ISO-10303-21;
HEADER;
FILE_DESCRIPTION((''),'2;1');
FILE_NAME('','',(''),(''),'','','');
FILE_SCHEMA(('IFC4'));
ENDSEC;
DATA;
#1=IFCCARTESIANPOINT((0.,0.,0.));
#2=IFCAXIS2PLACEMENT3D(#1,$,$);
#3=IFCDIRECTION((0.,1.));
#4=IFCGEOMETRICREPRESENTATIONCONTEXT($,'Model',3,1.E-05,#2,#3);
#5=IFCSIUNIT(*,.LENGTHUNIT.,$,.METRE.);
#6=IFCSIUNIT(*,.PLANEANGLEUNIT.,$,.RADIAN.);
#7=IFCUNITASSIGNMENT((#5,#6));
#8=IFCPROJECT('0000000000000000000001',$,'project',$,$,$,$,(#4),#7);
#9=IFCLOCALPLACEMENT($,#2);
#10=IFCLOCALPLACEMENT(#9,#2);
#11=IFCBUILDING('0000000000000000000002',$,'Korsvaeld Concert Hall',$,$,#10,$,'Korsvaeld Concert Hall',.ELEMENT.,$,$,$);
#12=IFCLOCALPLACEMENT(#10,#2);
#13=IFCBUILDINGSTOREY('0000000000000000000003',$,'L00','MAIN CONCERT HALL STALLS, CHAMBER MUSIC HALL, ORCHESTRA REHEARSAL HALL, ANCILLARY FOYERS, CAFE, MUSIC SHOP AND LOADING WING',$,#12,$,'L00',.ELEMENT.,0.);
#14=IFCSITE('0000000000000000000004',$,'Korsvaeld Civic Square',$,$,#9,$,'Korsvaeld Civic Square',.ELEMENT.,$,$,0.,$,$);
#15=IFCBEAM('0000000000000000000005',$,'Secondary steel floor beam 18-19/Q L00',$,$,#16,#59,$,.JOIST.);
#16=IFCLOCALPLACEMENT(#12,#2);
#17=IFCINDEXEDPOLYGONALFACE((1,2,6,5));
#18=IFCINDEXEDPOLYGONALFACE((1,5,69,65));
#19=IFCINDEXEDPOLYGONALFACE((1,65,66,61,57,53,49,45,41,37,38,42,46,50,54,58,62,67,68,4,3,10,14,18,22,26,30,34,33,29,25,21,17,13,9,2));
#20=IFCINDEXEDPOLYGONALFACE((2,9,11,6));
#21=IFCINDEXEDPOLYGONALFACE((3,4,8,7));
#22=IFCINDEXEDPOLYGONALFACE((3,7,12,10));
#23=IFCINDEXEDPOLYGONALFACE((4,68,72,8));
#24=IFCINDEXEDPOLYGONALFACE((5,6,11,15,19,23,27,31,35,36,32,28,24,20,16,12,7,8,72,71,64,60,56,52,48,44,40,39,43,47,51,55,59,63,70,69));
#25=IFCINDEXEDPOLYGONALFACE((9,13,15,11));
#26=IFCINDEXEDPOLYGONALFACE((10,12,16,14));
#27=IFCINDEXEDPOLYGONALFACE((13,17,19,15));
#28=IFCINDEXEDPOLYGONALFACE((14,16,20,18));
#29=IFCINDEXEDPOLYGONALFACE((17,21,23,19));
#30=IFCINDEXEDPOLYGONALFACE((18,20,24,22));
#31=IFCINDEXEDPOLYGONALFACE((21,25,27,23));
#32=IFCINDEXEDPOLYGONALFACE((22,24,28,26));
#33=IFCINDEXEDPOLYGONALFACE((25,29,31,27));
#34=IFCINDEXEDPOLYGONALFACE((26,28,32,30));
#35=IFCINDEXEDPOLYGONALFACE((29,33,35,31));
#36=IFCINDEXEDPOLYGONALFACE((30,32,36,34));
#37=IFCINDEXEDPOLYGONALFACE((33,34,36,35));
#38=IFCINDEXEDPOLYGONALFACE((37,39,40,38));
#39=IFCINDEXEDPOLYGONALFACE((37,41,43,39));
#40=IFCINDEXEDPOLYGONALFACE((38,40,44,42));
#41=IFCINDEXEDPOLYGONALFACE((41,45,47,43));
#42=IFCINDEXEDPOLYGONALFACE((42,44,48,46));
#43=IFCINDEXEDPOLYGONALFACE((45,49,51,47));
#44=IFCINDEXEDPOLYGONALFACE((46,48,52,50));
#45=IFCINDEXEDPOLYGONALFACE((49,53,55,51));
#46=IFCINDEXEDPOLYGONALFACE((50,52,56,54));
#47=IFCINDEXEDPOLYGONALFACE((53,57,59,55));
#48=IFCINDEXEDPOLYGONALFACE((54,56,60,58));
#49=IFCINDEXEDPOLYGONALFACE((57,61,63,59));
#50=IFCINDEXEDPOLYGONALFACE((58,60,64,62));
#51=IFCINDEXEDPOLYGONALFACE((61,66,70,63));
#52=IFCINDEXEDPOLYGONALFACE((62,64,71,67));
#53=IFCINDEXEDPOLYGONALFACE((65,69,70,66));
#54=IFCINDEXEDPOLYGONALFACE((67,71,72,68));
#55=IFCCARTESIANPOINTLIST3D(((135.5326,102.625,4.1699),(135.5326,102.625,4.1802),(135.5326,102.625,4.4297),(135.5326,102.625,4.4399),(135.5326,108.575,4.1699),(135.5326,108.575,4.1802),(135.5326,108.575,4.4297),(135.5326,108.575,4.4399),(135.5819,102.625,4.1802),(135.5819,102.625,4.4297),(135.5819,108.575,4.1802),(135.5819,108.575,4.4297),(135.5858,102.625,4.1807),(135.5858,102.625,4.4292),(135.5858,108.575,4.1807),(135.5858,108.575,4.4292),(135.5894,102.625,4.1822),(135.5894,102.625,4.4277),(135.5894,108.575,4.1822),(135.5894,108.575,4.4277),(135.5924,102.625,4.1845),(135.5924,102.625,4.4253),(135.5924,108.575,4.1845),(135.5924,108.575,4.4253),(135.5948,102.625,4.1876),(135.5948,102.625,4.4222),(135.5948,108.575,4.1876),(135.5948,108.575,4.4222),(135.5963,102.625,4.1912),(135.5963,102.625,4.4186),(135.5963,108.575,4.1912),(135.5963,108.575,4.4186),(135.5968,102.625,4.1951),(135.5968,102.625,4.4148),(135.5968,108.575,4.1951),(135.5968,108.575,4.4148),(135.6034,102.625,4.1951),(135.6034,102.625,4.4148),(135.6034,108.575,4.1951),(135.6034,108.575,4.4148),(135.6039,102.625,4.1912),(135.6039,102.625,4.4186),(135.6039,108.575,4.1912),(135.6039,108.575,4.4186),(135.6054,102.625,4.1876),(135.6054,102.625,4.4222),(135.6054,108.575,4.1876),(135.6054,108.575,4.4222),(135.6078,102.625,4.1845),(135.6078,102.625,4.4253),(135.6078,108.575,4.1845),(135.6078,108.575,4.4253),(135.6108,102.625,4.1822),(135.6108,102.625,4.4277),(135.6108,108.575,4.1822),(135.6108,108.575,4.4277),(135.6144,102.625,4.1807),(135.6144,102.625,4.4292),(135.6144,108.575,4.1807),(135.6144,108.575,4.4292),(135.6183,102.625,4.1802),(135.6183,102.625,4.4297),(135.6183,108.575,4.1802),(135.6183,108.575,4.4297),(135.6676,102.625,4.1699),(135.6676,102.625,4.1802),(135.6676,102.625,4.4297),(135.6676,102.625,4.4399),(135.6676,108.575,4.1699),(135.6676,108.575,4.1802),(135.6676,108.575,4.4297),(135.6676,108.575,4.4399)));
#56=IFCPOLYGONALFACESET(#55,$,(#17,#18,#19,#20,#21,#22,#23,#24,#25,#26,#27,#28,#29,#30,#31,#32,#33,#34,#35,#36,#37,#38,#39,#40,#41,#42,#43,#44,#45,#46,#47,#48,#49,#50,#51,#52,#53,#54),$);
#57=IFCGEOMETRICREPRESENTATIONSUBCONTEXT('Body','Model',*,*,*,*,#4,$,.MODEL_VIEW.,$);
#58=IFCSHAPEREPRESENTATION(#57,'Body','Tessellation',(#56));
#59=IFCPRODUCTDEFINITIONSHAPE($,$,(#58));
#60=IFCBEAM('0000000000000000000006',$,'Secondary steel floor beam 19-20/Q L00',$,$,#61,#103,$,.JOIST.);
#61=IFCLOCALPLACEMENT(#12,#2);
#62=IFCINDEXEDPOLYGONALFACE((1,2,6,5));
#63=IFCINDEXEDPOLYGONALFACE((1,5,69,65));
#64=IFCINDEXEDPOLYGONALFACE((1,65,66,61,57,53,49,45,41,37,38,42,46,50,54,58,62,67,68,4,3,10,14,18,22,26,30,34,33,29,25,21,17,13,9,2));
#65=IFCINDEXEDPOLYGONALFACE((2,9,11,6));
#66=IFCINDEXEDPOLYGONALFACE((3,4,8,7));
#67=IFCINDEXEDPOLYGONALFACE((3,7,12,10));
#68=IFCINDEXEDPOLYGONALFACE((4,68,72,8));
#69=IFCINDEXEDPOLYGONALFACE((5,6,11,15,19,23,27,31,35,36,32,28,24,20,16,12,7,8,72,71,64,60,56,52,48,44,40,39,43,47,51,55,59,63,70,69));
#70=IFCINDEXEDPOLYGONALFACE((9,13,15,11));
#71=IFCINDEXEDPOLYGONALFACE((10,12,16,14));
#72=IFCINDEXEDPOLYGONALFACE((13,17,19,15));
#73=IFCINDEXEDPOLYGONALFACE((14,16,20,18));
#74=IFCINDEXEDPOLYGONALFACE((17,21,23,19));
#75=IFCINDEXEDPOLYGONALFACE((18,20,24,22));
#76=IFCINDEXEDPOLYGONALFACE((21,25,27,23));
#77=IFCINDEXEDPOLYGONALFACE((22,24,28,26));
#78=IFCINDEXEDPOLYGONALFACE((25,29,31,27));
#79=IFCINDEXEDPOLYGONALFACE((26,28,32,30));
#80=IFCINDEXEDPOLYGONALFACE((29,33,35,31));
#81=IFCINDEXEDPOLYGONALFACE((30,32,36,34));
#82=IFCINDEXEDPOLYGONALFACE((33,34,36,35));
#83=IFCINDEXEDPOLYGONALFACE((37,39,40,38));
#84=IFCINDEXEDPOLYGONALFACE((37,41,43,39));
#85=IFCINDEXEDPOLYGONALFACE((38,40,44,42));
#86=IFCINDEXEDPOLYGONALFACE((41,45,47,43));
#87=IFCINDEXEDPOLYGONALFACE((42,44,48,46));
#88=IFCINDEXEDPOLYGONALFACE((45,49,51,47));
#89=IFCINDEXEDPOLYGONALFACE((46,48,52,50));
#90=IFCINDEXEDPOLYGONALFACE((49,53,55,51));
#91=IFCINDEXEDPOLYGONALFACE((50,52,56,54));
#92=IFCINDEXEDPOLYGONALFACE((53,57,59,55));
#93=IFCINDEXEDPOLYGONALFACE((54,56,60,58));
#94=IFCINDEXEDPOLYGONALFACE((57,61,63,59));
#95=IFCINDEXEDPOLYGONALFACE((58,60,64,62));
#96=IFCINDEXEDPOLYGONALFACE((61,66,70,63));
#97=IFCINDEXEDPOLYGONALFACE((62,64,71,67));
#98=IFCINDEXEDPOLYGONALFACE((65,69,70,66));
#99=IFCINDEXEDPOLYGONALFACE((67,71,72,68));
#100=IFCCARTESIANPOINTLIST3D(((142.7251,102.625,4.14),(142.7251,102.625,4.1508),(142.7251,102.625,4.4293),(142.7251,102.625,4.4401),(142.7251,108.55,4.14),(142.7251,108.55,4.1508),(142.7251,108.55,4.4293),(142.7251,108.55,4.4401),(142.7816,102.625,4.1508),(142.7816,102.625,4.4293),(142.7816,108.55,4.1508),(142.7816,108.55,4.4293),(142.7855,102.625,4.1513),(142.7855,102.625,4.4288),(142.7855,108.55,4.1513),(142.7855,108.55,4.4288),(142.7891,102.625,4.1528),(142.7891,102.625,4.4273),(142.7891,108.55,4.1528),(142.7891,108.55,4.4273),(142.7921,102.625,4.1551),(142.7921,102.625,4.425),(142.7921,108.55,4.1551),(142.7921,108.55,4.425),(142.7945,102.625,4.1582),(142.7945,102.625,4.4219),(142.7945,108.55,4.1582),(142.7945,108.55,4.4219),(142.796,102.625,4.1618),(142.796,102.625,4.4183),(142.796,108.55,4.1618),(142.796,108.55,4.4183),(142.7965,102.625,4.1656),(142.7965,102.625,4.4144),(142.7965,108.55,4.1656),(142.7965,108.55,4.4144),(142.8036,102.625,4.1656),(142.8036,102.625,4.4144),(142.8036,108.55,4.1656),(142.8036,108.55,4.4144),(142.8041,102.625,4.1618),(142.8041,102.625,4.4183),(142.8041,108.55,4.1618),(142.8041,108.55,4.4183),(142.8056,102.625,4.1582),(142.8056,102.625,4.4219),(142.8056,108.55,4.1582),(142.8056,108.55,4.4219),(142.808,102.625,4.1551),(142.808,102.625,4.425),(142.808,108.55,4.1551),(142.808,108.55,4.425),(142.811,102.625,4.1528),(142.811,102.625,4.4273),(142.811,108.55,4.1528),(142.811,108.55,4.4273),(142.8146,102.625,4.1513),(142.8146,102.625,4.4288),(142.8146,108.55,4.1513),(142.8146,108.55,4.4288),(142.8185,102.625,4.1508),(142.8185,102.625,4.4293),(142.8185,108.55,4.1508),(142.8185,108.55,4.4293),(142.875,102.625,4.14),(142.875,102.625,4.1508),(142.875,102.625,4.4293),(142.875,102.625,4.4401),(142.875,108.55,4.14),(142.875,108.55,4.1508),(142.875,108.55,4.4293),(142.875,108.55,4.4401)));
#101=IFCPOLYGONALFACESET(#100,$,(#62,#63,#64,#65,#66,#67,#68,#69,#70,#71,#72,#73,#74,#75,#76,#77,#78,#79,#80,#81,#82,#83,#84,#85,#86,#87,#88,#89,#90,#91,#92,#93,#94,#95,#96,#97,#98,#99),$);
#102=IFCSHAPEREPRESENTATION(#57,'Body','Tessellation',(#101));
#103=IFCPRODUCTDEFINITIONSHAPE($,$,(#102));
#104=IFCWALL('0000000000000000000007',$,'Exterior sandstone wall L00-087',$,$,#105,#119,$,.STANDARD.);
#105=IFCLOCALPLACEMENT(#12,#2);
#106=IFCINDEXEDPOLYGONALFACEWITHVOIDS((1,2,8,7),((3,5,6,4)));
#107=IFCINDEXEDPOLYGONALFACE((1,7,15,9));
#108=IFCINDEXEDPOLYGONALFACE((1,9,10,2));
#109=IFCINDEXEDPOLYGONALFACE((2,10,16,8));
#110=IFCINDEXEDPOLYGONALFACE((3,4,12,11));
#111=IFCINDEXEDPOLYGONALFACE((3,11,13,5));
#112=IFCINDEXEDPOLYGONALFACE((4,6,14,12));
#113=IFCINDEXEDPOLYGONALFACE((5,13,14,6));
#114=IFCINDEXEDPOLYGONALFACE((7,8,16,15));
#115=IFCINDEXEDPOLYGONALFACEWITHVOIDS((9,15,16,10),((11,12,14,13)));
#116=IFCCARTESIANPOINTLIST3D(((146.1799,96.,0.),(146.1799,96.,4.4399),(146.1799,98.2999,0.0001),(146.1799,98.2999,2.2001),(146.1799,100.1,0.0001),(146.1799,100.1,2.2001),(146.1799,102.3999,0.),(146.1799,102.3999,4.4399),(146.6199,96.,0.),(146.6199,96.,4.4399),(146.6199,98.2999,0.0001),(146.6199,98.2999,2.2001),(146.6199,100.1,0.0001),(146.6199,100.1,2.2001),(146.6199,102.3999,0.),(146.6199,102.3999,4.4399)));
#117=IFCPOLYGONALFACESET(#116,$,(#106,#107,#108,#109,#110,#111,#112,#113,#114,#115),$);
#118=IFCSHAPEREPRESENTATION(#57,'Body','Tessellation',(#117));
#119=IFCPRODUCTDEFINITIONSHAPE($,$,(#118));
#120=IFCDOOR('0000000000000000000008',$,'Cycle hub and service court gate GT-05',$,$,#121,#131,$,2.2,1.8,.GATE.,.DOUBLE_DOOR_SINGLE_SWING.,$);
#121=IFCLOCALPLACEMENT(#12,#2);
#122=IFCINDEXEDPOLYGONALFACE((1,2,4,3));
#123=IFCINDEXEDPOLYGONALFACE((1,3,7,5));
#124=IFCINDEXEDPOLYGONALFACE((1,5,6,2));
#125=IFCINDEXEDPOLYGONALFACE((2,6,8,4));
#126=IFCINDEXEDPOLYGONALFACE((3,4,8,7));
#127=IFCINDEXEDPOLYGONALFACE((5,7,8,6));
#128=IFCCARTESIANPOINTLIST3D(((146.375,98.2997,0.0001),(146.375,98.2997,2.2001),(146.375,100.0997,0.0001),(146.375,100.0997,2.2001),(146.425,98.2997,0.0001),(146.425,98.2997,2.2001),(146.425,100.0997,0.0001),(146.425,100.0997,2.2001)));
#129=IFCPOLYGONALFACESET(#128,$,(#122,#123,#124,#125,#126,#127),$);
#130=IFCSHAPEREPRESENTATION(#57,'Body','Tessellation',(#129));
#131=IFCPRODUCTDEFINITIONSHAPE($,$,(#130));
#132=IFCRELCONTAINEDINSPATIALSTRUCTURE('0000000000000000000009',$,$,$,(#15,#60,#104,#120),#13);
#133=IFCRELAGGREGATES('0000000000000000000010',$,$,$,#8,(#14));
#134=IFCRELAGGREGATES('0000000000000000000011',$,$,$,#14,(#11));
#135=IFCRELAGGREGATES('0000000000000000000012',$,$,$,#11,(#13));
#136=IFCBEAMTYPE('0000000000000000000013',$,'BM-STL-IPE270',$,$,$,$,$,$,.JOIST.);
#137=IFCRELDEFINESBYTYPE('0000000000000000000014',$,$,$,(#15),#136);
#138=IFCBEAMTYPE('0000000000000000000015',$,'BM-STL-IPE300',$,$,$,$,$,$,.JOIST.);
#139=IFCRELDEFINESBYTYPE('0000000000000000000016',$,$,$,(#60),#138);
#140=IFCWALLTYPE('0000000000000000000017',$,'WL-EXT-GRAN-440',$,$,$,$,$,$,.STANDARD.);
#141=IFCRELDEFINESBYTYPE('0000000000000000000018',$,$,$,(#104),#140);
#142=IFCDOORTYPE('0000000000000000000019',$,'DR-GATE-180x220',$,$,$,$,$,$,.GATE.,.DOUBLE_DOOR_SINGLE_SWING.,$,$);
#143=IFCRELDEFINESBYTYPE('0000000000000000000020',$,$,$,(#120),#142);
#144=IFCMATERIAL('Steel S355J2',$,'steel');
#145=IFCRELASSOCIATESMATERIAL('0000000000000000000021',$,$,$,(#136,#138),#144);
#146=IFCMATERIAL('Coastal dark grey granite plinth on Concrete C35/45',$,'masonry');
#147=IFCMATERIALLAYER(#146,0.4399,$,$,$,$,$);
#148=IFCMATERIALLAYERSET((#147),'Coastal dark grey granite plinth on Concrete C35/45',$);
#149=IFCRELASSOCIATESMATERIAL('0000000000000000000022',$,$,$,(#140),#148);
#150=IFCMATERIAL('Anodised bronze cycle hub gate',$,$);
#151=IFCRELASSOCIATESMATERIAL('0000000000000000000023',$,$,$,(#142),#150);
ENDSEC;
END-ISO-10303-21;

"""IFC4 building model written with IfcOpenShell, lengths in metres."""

from ifc_helpers import new_model, si_unit, direction, frame, frame_2d, origin, origin_2d, place, context, subcontext, project, spatial, rectangle, i_section, extrude, material, layer, layer_set, material_profile, profile_set, type_object, element, fill, save


model = new_model("IFC4")

# Units and contexts
model_context = context("Model", 3, precision=1e-05, world=origin(), true_north=direction((0.0, 1.0)))
body_context = subcontext(model_context, "Body", "Model", "MODEL_VIEW")
ifc_project = project(units=[si_unit("LENGTHUNIT", "METRE"), si_unit("PLANEANGLEUNIT", "RADIAN")], contexts=[model_context])

# Site, building, storey
site_placement = place(None, origin())
site = spatial("IfcSite", under=ifc_project, at=site_placement, Name="Korsvaeld Civic Square", LongName="Korsvaeld Civic Square", CompositionType="ELEMENT", RefElevation=0.0)
building_placement = place(site_placement, origin())
building = spatial("IfcBuilding", under=site, at=building_placement, Name="Korsvaeld Concert Hall", LongName="Korsvaeld Concert Hall", CompositionType="ELEMENT")
storey_placement = place(building_placement, origin())
storey = spatial("IfcBuildingStorey", under=building, at=storey_placement, Name="L00", Description="MAIN CONCERT HALL STALLS, CHAMBER MUSIC HALL, ORCHESTRA REHEARSAL HALL, ANCILLARY FOYERS, CAFE, MUSIC SHOP AND LOADING WING", LongName="L00", CompositionType="ELEMENT", Elevation=0.0)

# Beams
ifc_material_1 = material(Name="Steel S355J2", Category="steel")
ifc_material_profile_1 = material_profile(ifc_material_1, i_section(OverallWidth=0.135, OverallDepth=0.27, WebThickness=0.0066, FlangeThickness=0.0103, FilletRadius=0.0149, at=origin_2d()), Name="IPE 270")
ifc_profile_set_1 = profile_set([ifc_material_profile_1], Name="Steel S355J2")
beam_type_1 = type_object("IfcBeamType", Name="BM-STL-IPE270", PredefinedType="JOIST", material=ifc_profile_set_1)
beam_1_placement = place(storey_placement, frame((135.6001, 102.625, 4.3049), z_axis=(0.0, 1.0, 0.0), x_axis=(-1.0, 0.0, 0.0)))
element("IfcBeam", 1, at=beam_1_placement, inside=storey, type_object=beam_type_1, Name="Secondary steel floor beam 18-19/Q L00", PredefinedType="JOIST", context=body_context, shape_type="SweptSolid", body=[
    extrude(i_section(OverallWidth=0.135, OverallDepth=0.27, WebThickness=0.0066, FlangeThickness=0.0103, FilletRadius=0.0149, at=origin_2d()), origin(), (0.0, 0.0, 1.0), 5.95),
])
ifc_material_profile_2 = material_profile(ifc_material_1, i_section(OverallWidth=0.1499, OverallDepth=0.3, WebThickness=0.0071, FlangeThickness=0.0107, FilletRadius=0.0149, at=origin_2d()), Name="IPE 300")
ifc_profile_set_2 = profile_set([ifc_material_profile_2], Name="Steel S355J2")
beam_type_2 = type_object("IfcBeamType", Name="BM-STL-IPE300", PredefinedType="JOIST", material=ifc_profile_set_2)
beam_2_placement = place(storey_placement, frame((142.8, 102.625, 4.29), z_axis=(0.0, 1.0, 0.0), x_axis=(-1.0, 0.0, 0.0)))
element("IfcBeam", 2, at=beam_2_placement, inside=storey, type_object=beam_type_2, Name="Secondary steel floor beam 19-20/Q L00", PredefinedType="JOIST", context=body_context, shape_type="SweptSolid", body=[
    extrude(i_section(OverallWidth=0.1499, OverallDepth=0.3, WebThickness=0.0071, FlangeThickness=0.0107, FilletRadius=0.0149, at=origin_2d()), origin(), (0.0, 0.0, 1.0), 5.925),
])

# Wall, opening, door
ifc_material_2 = material(Name="Coastal dark grey granite plinth on Concrete C35/45", Category="masonry")
ifc_layer = layer(ifc_material_2, 0.4399)
ifc_layer_set = layer_set([ifc_layer], Name="Coastal dark grey granite plinth on Concrete C35/45")
wall_type = type_object("IfcWallType", Name="WL-EXT-GRAN-440", PredefinedType="STANDARD", material=ifc_layer_set)
wall_placement = place(storey_placement, frame((146.3999, 102.3999, 0.0), z_axis=(0.0, 0.0, 1.0), x_axis=(0.0, -1.0, 0.0)))
wall = element("IfcWall", 3, at=wall_placement, inside=storey, type_object=wall_type, Name="Exterior sandstone wall L00-087", PredefinedType="STANDARD", context=body_context, shape_type="SweptSolid", body=[
    extrude(rectangle(XDim=6.3999, YDim=0.4399, at=frame_2d((3.2, 0.0))), origin(), (0.0, 0.0, 1.0), 4.4399),
])
opening_placement = place(wall_placement, frame((2.3, 0.0, 0.0)))
opening = element("IfcOpeningElement", 4, at=opening_placement, cuts=wall, PredefinedType="OPENING", context=body_context, shape_type="SweptSolid", body=[
    extrude(rectangle(XDim=1.8, YDim=2.2, at=frame_2d((0.8999, 1.1001))), frame((0.0, 0.23, 0.0), z_axis=(0.0, -1.0, 0.0), x_axis=(1.0, 0.0, 0.0)), (0.0, 0.0, 1.0), 0.46),
])
ifc_material_3 = material(Name="Anodised bronze cycle hub gate")
door_type = type_object("IfcDoorType", Name="DR-GATE-180x220", OperationType="DOUBLE_DOOR_SINGLE_SWING", PredefinedType="GATE", material=ifc_material_3)
door_placement = place(opening_placement, frame((1.8, 0.0, 0.0), z_axis=(0.0, 0.0, 1.0), x_axis=(-1.0, 0.0, 0.0)))
door = element("IfcDoor", 5, at=door_placement, inside=storey, type_object=door_type, Name="Cycle hub and service court gate GT-05", OperationType="DOUBLE_DOOR_SINGLE_SWING", OverallHeight=2.2, OverallWidth=1.8, PredefinedType="GATE", context=body_context, shape_type="SweptSolid", body=[
    extrude(rectangle(XDim=1.8, YDim=2.2, at=frame_2d((0.8999, 1.1001))), frame((0.0, 0.0249, 0.0), z_axis=(0.0, -1.0, 0.0), x_axis=(1.0, 0.0, 0.0)), (0.0, 0.0, 1.0), 0.05),
])
fill(opening, door)

save(model, "model.ifc")
